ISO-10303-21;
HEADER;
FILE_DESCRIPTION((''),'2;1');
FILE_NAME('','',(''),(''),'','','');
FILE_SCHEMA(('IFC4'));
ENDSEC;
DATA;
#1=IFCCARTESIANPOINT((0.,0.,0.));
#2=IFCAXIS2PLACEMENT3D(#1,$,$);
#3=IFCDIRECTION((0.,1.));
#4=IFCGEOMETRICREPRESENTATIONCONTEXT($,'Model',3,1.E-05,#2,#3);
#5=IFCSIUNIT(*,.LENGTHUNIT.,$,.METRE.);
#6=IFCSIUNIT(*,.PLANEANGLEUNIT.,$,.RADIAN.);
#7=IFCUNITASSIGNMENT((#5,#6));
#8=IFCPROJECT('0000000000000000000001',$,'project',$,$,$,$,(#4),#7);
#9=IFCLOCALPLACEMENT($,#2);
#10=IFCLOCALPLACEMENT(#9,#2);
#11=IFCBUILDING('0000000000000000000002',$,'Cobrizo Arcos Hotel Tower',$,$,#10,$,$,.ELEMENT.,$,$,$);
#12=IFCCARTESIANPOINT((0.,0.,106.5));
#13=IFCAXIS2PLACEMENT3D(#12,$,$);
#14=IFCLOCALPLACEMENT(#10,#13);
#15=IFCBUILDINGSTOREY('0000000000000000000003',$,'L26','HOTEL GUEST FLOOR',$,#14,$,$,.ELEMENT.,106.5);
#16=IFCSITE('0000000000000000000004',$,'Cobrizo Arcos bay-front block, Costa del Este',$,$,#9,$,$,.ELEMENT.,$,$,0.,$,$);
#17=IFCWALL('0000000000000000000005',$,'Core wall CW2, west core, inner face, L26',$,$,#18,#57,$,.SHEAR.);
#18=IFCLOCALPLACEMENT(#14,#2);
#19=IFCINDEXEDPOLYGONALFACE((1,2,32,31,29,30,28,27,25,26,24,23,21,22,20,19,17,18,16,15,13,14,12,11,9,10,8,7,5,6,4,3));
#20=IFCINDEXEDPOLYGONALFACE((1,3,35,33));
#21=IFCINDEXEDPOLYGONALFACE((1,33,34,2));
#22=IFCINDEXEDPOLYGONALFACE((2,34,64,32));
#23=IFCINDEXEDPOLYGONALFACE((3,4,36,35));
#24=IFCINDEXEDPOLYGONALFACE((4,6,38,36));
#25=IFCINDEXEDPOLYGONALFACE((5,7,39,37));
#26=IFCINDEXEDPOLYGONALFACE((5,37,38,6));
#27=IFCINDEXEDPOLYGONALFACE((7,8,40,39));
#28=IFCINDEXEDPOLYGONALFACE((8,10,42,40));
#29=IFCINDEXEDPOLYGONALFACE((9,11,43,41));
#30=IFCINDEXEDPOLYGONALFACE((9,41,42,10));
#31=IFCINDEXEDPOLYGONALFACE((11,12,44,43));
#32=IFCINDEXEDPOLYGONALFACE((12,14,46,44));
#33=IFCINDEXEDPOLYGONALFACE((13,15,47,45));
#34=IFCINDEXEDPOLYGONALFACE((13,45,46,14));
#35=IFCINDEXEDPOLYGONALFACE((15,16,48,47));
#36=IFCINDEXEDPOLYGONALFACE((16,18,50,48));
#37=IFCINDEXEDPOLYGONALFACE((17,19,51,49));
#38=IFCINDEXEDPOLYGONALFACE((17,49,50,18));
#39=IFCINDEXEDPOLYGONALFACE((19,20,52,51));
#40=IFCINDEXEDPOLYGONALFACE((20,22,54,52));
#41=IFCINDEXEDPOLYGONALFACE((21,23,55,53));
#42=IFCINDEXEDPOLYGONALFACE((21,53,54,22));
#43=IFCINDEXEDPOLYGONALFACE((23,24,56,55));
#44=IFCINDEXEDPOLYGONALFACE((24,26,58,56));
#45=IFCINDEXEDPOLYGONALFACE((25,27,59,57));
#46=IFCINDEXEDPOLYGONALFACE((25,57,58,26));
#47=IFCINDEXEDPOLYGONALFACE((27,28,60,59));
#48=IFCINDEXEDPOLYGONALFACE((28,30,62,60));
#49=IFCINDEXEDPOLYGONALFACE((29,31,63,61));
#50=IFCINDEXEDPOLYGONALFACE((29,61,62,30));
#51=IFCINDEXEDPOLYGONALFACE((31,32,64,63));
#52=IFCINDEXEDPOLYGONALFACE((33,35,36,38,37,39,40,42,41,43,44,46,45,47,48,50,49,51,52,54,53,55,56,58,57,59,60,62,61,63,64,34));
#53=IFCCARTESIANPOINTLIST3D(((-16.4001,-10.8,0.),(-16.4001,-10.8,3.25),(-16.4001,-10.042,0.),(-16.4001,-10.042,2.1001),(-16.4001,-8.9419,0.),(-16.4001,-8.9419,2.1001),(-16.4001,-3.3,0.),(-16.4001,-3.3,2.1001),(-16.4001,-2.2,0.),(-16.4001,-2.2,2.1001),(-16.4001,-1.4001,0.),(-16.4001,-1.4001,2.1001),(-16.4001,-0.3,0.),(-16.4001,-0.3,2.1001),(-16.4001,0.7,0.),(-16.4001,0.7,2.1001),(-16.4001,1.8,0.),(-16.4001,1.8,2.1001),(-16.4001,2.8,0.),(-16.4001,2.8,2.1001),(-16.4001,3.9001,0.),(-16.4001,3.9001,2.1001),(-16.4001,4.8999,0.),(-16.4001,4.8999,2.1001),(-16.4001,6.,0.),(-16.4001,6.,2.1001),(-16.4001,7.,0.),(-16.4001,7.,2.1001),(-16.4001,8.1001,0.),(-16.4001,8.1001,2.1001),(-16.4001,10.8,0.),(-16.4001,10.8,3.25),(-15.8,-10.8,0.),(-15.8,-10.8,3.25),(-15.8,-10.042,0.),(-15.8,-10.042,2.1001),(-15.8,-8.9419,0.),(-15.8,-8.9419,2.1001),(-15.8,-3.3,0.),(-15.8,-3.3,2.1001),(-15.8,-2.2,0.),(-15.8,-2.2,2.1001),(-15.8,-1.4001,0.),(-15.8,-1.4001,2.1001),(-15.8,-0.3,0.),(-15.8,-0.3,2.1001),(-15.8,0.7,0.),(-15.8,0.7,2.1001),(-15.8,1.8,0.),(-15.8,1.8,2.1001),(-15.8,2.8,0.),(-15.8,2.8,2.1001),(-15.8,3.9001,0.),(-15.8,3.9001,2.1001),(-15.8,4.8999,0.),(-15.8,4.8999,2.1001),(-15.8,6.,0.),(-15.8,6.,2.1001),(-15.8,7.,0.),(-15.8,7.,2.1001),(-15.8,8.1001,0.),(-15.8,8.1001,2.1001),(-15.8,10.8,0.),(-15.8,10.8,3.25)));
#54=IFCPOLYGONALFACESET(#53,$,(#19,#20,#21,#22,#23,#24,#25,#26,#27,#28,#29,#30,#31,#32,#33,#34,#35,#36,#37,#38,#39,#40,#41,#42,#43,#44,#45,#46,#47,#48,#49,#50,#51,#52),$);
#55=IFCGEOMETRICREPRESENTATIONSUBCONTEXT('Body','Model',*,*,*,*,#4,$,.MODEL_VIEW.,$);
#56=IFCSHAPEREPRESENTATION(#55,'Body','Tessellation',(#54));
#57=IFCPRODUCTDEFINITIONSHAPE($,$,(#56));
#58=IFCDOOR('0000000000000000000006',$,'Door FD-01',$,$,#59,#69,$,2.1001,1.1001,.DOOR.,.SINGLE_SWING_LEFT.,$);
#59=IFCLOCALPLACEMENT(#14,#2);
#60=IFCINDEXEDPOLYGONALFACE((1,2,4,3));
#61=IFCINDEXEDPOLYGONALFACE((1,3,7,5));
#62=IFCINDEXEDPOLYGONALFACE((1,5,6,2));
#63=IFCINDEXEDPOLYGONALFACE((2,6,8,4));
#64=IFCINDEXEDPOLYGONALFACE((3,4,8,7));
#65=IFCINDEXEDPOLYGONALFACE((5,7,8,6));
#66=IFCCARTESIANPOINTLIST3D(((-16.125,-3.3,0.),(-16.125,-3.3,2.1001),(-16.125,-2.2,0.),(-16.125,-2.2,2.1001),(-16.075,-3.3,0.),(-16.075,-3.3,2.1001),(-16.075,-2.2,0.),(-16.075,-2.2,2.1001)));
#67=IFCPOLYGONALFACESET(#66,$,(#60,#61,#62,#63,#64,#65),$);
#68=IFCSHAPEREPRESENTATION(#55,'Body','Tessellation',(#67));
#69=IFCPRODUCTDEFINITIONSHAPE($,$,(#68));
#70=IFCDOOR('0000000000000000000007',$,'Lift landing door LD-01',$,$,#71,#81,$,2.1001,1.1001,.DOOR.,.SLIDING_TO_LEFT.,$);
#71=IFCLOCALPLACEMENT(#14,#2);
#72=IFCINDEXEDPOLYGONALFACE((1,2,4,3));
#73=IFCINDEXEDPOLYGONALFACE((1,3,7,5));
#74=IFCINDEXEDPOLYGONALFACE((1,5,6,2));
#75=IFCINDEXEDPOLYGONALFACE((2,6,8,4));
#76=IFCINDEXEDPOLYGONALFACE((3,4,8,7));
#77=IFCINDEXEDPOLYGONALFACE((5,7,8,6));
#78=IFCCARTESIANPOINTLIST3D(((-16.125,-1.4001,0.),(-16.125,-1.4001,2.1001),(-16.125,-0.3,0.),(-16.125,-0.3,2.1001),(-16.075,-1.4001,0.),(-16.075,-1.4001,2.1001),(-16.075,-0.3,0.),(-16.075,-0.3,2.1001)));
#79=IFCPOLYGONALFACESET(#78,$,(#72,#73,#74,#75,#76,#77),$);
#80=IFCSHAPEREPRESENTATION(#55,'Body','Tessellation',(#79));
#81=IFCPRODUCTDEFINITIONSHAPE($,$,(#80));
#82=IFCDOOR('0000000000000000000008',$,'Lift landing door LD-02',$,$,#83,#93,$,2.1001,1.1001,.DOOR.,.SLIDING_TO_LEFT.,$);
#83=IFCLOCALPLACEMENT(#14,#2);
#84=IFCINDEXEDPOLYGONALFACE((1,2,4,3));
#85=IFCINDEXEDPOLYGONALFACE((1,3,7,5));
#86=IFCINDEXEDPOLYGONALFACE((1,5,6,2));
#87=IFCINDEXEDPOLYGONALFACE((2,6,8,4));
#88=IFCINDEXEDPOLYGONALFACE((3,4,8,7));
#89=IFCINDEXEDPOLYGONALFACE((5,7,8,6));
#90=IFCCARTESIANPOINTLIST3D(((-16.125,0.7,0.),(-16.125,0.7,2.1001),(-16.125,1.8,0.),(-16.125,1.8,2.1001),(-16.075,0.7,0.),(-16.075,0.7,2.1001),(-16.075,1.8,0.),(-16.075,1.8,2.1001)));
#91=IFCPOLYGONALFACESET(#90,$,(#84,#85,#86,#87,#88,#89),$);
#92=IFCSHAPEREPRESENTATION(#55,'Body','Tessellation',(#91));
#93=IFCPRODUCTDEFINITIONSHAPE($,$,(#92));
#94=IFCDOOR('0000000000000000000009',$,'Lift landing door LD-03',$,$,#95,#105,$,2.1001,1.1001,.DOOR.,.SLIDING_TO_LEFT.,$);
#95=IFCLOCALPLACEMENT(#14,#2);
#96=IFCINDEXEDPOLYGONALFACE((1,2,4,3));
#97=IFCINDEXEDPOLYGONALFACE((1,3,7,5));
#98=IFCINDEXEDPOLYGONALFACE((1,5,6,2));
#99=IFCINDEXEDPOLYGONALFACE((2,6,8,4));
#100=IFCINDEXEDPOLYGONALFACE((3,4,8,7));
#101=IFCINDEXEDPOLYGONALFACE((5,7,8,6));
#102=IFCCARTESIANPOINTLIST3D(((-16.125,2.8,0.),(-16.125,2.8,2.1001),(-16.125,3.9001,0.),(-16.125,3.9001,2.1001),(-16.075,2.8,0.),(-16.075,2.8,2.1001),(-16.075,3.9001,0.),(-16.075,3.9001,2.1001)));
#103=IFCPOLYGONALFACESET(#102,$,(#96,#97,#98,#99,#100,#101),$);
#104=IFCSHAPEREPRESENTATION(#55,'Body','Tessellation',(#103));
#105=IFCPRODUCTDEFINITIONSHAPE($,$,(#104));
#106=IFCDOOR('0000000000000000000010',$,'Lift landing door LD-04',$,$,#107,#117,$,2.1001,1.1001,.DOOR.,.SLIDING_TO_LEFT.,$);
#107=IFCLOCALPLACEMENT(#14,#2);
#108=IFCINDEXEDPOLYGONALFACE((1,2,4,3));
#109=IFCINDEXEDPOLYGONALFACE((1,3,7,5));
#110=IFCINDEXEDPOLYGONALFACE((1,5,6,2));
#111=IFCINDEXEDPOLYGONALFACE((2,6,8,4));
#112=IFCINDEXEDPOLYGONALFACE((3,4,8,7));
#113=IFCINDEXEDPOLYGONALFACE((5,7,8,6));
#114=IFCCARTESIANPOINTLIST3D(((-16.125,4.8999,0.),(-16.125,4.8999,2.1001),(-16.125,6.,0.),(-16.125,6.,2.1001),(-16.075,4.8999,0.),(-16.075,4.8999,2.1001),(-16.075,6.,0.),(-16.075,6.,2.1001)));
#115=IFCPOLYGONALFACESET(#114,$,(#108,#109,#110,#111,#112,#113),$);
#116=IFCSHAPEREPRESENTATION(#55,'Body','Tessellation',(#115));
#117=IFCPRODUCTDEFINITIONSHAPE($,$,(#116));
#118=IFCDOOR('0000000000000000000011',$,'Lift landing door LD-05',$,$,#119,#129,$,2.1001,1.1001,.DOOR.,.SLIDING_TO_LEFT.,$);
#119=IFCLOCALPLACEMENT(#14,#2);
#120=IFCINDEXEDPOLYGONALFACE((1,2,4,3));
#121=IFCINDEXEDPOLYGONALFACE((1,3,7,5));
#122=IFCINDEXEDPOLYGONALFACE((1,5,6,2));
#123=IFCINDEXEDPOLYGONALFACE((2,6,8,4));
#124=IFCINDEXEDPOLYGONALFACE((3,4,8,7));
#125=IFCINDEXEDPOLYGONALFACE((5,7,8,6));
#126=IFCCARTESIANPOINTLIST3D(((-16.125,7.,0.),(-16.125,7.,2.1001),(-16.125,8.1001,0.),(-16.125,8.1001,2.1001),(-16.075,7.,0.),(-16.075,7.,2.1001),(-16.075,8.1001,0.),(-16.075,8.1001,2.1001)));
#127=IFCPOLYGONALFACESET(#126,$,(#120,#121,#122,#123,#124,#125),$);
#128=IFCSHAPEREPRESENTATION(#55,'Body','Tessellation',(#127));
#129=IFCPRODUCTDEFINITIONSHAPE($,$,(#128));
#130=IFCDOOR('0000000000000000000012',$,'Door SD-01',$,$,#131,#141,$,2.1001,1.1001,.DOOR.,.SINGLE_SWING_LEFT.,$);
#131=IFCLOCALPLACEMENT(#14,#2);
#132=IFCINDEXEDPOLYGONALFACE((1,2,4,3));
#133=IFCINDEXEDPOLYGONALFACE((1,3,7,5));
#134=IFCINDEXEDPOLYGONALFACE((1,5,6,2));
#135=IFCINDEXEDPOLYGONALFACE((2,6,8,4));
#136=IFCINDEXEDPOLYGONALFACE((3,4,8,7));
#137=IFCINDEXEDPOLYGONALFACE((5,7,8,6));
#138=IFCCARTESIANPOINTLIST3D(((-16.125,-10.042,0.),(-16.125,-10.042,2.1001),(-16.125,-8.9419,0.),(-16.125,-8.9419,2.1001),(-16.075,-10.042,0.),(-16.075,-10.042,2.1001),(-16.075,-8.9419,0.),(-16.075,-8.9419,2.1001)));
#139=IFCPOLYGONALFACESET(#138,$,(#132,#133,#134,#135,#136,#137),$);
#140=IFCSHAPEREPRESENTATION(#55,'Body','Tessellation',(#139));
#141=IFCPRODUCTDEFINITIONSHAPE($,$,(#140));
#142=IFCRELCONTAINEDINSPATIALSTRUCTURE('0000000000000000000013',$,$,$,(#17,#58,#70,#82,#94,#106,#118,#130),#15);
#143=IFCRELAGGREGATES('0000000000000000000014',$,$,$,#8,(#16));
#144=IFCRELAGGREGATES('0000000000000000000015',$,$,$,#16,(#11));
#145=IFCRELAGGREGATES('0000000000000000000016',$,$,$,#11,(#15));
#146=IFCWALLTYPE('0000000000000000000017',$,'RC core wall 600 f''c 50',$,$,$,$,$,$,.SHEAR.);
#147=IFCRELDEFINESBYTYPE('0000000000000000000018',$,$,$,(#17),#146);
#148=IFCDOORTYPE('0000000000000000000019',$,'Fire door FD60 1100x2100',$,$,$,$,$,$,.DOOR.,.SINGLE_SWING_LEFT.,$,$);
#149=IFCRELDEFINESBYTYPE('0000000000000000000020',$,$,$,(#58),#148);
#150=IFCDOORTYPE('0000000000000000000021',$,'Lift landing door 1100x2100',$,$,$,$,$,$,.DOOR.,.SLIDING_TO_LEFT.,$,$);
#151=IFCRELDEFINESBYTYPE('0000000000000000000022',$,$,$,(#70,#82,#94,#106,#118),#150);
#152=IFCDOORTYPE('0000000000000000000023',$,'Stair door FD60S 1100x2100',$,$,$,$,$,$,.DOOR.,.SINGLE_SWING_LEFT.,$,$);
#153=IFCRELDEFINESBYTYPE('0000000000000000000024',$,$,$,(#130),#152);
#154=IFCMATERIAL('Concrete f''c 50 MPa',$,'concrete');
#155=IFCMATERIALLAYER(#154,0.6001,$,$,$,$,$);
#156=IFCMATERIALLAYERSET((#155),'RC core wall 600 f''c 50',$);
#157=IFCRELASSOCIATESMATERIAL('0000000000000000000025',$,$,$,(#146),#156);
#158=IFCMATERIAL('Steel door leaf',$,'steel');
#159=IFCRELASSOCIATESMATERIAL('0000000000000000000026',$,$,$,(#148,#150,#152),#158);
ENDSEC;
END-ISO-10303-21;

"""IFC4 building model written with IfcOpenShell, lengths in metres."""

from ifc_helpers import new_model, si_unit, direction, frame, frame_2d, origin, place, context, subcontext, project, spatial, rectangle, extrude, material, layer, layer_set, type_object, element, fill, save


model = new_model("IFC4")

# Units and contexts
model_context = context("Model", 3, precision=1e-05, world=origin(), true_north=direction((0.0, 1.0)))
body_context = subcontext(model_context, "Body", "Model", "MODEL_VIEW")
ifc_project = project(units=[si_unit("LENGTHUNIT", "METRE"), si_unit("PLANEANGLEUNIT", "RADIAN")], contexts=[model_context])

# Site, building, storey
site_placement = place(None, origin())
site = spatial("IfcSite", under=ifc_project, at=site_placement, Name="Cobrizo Arcos bay-front block, Costa del Este", CompositionType="ELEMENT", RefElevation=0.0)
building_placement = place(site_placement, origin())
building = spatial("IfcBuilding", under=site, at=building_placement, Name="Cobrizo Arcos Hotel Tower", CompositionType="ELEMENT")
storey_placement = place(building_placement, frame((0.0, 0.0, 106.5)))
storey = spatial("IfcBuildingStorey", under=building, at=storey_placement, Name="L26", Description="HOTEL GUEST FLOOR", CompositionType="ELEMENT", Elevation=106.5)

# Wall, openings, doors
ifc_material_1 = material(Name="Concrete f'c 50 MPa", Category="concrete")
ifc_layer_1 = layer(ifc_material_1, 0.6001)
ifc_layer_set_1 = layer_set([ifc_layer_1], Name="RC core wall 600 f'c 50")
wall_type_1 = type_object("IfcWallType", Name="RC core wall 600 f'c 50", PredefinedType="SHEAR", material=ifc_layer_set_1)
wall_1_placement = place(storey_placement, frame((-16.1001, -10.8, 0.0), z_axis=(0.0, 0.0, 1.0), x_axis=(0.0, 1.0, 0.0)))
wall_1 = element("IfcWall", 1, at=wall_1_placement, inside=storey, type_object=wall_type_1, Name="Core wall CW2, west core, inner face, L26", PredefinedType="SHEAR", context=body_context, shape_type="SweptSolid", body=[
    extrude(rectangle(XDim=21.6001, YDim=0.6001, at=frame_2d((10.8, 0.0))), origin(), (0.0, 0.0, 1.0), 3.25),
])
opening_1_placement = place(wall_1_placement, frame((9.3999, 0.0, 0.0)))
opening_1 = element("IfcOpeningElement", 2, at=opening_1_placement, cuts=wall_1, PredefinedType="OPENING", context=body_context, shape_type="SweptSolid", body=[
    extrude(rectangle(XDim=1.1001, YDim=2.1001, at=frame_2d((0.55, 1.05))), frame((0.0, 0.312, 0.0), z_axis=(0.0, -1.0, 0.0), x_axis=(1.0, 0.0, 0.0)), (0.0, 0.0, 1.0), 0.624),
])
opening_2_placement = place(wall_1_placement, frame((11.5, 0.0, 0.0)))
opening_2 = element("IfcOpeningElement", 3, at=opening_2_placement, cuts=wall_1, PredefinedType="OPENING", context=body_context, shape_type="SweptSolid", body=[
    extrude(rectangle(XDim=1.1001, YDim=2.1001, at=frame_2d((0.55, 1.05))), frame((0.0, 0.312, 0.0), z_axis=(0.0, -1.0, 0.0), x_axis=(1.0, 0.0, 0.0)), (0.0, 0.0, 1.0), 0.624),
])
opening_3_placement = place(wall_1_placement, frame((13.6001, 0.0, 0.0)))
opening_3 = element("IfcOpeningElement", 4, at=opening_3_placement, cuts=wall_1, PredefinedType="OPENING", context=body_context, shape_type="SweptSolid", body=[
    extrude(rectangle(XDim=1.1001, YDim=2.1001, at=frame_2d((0.55, 1.05))), frame((0.0, 0.312, 0.0), z_axis=(0.0, -1.0, 0.0), x_axis=(1.0, 0.0, 0.0)), (0.0, 0.0, 1.0), 0.624),
])
opening_4_placement = place(wall_1_placement, frame((15.7, 0.0, 0.0)))
opening_4 = element("IfcOpeningElement", 5, at=opening_4_placement, cuts=wall_1, PredefinedType="OPENING", context=body_context, shape_type="SweptSolid", body=[
    extrude(rectangle(XDim=1.1001, YDim=2.1001, at=frame_2d((0.55, 1.05))), frame((0.0, 0.312, 0.0), z_axis=(0.0, -1.0, 0.0), x_axis=(1.0, 0.0, 0.0)), (0.0, 0.0, 1.0), 0.624),
])
opening_5_placement = place(wall_1_placement, frame((17.8, 0.0, 0.0)))
opening_5 = element("IfcOpeningElement", 6, at=opening_5_placement, cuts=wall_1, PredefinedType="OPENING", context=body_context, shape_type="SweptSolid", body=[
    extrude(rectangle(XDim=1.1001, YDim=2.1001, at=frame_2d((0.55, 1.05))), frame((0.0, 0.312, 0.0), z_axis=(0.0, -1.0, 0.0), x_axis=(1.0, 0.0, 0.0)), (0.0, 0.0, 1.0), 0.624),
])
opening_6_placement = place(wall_1_placement, frame((0.7581, 0.0, 0.0)))
opening_6 = element("IfcOpeningElement", 7, at=opening_6_placement, cuts=wall_1, PredefinedType="OPENING", context=body_context, shape_type="SweptSolid", body=[
    extrude(rectangle(XDim=1.1001, YDim=2.1001, at=frame_2d((0.55, 1.05))), frame((0.0, 0.312, 0.0), z_axis=(0.0, -1.0, 0.0), x_axis=(1.0, 0.0, 0.0)), (0.0, 0.0, 1.0), 0.624),
])
opening_7_placement = place(wall_1_placement, frame((7.5, 0.0, 0.0)))
opening_7 = element("IfcOpeningElement", 8, at=opening_7_placement, cuts=wall_1, PredefinedType="OPENING", context=body_context, shape_type="SweptSolid", body=[
    extrude(rectangle(XDim=1.1001, YDim=2.1001, at=frame_2d((0.55, 1.05))), frame((0.0, 0.312, 0.0), z_axis=(0.0, -1.0, 0.0), x_axis=(1.0, 0.0, 0.0)), (0.0, 0.0, 1.0), 0.624),
])
ifc_material_2 = material(Name="Steel door leaf", Category="steel")
door_type_1 = type_object("IfcDoorType", Name="Fire door FD60 1100x2100", OperationType="SINGLE_SWING_LEFT", PredefinedType="DOOR", material=ifc_material_2)
door_1_placement = place(opening_7_placement, origin())
door_1 = element("IfcDoor", 9, at=door_1_placement, inside=storey, type_object=door_type_1, Name="Door FD-01", OperationType="SINGLE_SWING_LEFT", OverallHeight=2.1001, OverallWidth=1.1001, PredefinedType="DOOR", context=body_context, shape_type="SweptSolid", body=[
    extrude(rectangle(XDim=1.1001, YDim=2.1001, at=frame_2d((0.55, 1.05))), frame((0.0, 0.0249, 0.0), z_axis=(0.0, -1.0, 0.0), x_axis=(1.0, 0.0, 0.0)), (0.0, 0.0, 1.0), 0.05),
])
fill(opening_7, door_1)
door_type_2 = type_object("IfcDoorType", Name="Lift landing door 1100x2100", OperationType="SLIDING_TO_LEFT", PredefinedType="DOOR", material=ifc_material_2)
door_2_placement = place(opening_1_placement, origin())
door_2 = element("IfcDoor", 10, at=door_2_placement, inside=storey, type_object=door_type_2, Name="Lift landing door LD-01", OperationType="SLIDING_TO_LEFT", OverallHeight=2.1001, OverallWidth=1.1001, PredefinedType="DOOR", context=body_context, shape_type="SweptSolid", body=[
    extrude(rectangle(XDim=1.1001, YDim=2.1001, at=frame_2d((0.55, 1.05))), frame((0.0, 0.0249, 0.0), z_axis=(0.0, -1.0, 0.0), x_axis=(1.0, 0.0, 0.0)), (0.0, 0.0, 1.0), 0.05),
])
fill(opening_1, door_2)
door_3_placement = place(opening_2_placement, origin())
door_3 = element("IfcDoor", 11, at=door_3_placement, inside=storey, type_object=door_type_2, Name="Lift landing door LD-02", OperationType="SLIDING_TO_LEFT", OverallHeight=2.1001, OverallWidth=1.1001, PredefinedType="DOOR", context=body_context, shape_type="SweptSolid", body=[
    extrude(rectangle(XDim=1.1001, YDim=2.1001, at=frame_2d((0.55, 1.05))), frame((0.0, 0.0249, 0.0), z_axis=(0.0, -1.0, 0.0), x_axis=(1.0, 0.0, 0.0)), (0.0, 0.0, 1.0), 0.05),
])
fill(opening_2, door_3)
door_4_placement = place(opening_3_placement, origin())
door_4 = element("IfcDoor", 12, at=door_4_placement, inside=storey, type_object=door_type_2, Name="Lift landing door LD-03", OperationType="SLIDING_TO_LEFT", OverallHeight=2.1001, OverallWidth=1.1001, PredefinedType="DOOR", context=body_context, shape_type="SweptSolid", body=[
    extrude(rectangle(XDim=1.1001, YDim=2.1001, at=frame_2d((0.55, 1.05))), frame((0.0, 0.0249, 0.0), z_axis=(0.0, -1.0, 0.0), x_axis=(1.0, 0.0, 0.0)), (0.0, 0.0, 1.0), 0.05),
])
fill(opening_3, door_4)
door_5_placement = place(opening_4_placement, origin())
door_5 = element("IfcDoor", 13, at=door_5_placement, inside=storey, type_object=door_type_2, Name="Lift landing door LD-04", OperationType="SLIDING_TO_LEFT", OverallHeight=2.1001, OverallWidth=1.1001, PredefinedType="DOOR", context=body_context, shape_type="SweptSolid", body=[
    extrude(rectangle(XDim=1.1001, YDim=2.1001, at=frame_2d((0.55, 1.05))), frame((0.0, 0.0249, 0.0), z_axis=(0.0, -1.0, 0.0), x_axis=(1.0, 0.0, 0.0)), (0.0, 0.0, 1.0), 0.05),
])
fill(opening_4, door_5)
door_6_placement = place(opening_5_placement, origin())
door_6 = element("IfcDoor", 14, at=door_6_placement, inside=storey, type_object=door_type_2, Name="Lift landing door LD-05", OperationType="SLIDING_TO_LEFT", OverallHeight=2.1001, OverallWidth=1.1001, PredefinedType="DOOR", context=body_context, shape_type="SweptSolid", body=[
    extrude(rectangle(XDim=1.1001, YDim=2.1001, at=frame_2d((0.55, 1.05))), frame((0.0, 0.0249, 0.0), z_axis=(0.0, -1.0, 0.0), x_axis=(1.0, 0.0, 0.0)), (0.0, 0.0, 1.0), 0.05),
])
fill(opening_5, door_6)
door_type_3 = type_object("IfcDoorType", Name="Stair door FD60S 1100x2100", OperationType="SINGLE_SWING_LEFT", PredefinedType="DOOR", material=ifc_material_2)
door_7_placement = place(opening_6_placement, origin())
door_7 = element("IfcDoor", 15, at=door_7_placement, inside=storey, type_object=door_type_3, Name="Door SD-01", OperationType="SINGLE_SWING_LEFT", OverallHeight=2.1001, OverallWidth=1.1001, PredefinedType="DOOR", context=body_context, shape_type="SweptSolid", body=[
    extrude(rectangle(XDim=1.1001, YDim=2.1001, at=frame_2d((0.55, 1.05))), frame((0.0, 0.0249, 0.0), z_axis=(0.0, -1.0, 0.0), x_axis=(1.0, 0.0, 0.0)), (0.0, 0.0, 1.0), 0.05),
])
fill(opening_6, door_7)

save(model, "model.ifc")
